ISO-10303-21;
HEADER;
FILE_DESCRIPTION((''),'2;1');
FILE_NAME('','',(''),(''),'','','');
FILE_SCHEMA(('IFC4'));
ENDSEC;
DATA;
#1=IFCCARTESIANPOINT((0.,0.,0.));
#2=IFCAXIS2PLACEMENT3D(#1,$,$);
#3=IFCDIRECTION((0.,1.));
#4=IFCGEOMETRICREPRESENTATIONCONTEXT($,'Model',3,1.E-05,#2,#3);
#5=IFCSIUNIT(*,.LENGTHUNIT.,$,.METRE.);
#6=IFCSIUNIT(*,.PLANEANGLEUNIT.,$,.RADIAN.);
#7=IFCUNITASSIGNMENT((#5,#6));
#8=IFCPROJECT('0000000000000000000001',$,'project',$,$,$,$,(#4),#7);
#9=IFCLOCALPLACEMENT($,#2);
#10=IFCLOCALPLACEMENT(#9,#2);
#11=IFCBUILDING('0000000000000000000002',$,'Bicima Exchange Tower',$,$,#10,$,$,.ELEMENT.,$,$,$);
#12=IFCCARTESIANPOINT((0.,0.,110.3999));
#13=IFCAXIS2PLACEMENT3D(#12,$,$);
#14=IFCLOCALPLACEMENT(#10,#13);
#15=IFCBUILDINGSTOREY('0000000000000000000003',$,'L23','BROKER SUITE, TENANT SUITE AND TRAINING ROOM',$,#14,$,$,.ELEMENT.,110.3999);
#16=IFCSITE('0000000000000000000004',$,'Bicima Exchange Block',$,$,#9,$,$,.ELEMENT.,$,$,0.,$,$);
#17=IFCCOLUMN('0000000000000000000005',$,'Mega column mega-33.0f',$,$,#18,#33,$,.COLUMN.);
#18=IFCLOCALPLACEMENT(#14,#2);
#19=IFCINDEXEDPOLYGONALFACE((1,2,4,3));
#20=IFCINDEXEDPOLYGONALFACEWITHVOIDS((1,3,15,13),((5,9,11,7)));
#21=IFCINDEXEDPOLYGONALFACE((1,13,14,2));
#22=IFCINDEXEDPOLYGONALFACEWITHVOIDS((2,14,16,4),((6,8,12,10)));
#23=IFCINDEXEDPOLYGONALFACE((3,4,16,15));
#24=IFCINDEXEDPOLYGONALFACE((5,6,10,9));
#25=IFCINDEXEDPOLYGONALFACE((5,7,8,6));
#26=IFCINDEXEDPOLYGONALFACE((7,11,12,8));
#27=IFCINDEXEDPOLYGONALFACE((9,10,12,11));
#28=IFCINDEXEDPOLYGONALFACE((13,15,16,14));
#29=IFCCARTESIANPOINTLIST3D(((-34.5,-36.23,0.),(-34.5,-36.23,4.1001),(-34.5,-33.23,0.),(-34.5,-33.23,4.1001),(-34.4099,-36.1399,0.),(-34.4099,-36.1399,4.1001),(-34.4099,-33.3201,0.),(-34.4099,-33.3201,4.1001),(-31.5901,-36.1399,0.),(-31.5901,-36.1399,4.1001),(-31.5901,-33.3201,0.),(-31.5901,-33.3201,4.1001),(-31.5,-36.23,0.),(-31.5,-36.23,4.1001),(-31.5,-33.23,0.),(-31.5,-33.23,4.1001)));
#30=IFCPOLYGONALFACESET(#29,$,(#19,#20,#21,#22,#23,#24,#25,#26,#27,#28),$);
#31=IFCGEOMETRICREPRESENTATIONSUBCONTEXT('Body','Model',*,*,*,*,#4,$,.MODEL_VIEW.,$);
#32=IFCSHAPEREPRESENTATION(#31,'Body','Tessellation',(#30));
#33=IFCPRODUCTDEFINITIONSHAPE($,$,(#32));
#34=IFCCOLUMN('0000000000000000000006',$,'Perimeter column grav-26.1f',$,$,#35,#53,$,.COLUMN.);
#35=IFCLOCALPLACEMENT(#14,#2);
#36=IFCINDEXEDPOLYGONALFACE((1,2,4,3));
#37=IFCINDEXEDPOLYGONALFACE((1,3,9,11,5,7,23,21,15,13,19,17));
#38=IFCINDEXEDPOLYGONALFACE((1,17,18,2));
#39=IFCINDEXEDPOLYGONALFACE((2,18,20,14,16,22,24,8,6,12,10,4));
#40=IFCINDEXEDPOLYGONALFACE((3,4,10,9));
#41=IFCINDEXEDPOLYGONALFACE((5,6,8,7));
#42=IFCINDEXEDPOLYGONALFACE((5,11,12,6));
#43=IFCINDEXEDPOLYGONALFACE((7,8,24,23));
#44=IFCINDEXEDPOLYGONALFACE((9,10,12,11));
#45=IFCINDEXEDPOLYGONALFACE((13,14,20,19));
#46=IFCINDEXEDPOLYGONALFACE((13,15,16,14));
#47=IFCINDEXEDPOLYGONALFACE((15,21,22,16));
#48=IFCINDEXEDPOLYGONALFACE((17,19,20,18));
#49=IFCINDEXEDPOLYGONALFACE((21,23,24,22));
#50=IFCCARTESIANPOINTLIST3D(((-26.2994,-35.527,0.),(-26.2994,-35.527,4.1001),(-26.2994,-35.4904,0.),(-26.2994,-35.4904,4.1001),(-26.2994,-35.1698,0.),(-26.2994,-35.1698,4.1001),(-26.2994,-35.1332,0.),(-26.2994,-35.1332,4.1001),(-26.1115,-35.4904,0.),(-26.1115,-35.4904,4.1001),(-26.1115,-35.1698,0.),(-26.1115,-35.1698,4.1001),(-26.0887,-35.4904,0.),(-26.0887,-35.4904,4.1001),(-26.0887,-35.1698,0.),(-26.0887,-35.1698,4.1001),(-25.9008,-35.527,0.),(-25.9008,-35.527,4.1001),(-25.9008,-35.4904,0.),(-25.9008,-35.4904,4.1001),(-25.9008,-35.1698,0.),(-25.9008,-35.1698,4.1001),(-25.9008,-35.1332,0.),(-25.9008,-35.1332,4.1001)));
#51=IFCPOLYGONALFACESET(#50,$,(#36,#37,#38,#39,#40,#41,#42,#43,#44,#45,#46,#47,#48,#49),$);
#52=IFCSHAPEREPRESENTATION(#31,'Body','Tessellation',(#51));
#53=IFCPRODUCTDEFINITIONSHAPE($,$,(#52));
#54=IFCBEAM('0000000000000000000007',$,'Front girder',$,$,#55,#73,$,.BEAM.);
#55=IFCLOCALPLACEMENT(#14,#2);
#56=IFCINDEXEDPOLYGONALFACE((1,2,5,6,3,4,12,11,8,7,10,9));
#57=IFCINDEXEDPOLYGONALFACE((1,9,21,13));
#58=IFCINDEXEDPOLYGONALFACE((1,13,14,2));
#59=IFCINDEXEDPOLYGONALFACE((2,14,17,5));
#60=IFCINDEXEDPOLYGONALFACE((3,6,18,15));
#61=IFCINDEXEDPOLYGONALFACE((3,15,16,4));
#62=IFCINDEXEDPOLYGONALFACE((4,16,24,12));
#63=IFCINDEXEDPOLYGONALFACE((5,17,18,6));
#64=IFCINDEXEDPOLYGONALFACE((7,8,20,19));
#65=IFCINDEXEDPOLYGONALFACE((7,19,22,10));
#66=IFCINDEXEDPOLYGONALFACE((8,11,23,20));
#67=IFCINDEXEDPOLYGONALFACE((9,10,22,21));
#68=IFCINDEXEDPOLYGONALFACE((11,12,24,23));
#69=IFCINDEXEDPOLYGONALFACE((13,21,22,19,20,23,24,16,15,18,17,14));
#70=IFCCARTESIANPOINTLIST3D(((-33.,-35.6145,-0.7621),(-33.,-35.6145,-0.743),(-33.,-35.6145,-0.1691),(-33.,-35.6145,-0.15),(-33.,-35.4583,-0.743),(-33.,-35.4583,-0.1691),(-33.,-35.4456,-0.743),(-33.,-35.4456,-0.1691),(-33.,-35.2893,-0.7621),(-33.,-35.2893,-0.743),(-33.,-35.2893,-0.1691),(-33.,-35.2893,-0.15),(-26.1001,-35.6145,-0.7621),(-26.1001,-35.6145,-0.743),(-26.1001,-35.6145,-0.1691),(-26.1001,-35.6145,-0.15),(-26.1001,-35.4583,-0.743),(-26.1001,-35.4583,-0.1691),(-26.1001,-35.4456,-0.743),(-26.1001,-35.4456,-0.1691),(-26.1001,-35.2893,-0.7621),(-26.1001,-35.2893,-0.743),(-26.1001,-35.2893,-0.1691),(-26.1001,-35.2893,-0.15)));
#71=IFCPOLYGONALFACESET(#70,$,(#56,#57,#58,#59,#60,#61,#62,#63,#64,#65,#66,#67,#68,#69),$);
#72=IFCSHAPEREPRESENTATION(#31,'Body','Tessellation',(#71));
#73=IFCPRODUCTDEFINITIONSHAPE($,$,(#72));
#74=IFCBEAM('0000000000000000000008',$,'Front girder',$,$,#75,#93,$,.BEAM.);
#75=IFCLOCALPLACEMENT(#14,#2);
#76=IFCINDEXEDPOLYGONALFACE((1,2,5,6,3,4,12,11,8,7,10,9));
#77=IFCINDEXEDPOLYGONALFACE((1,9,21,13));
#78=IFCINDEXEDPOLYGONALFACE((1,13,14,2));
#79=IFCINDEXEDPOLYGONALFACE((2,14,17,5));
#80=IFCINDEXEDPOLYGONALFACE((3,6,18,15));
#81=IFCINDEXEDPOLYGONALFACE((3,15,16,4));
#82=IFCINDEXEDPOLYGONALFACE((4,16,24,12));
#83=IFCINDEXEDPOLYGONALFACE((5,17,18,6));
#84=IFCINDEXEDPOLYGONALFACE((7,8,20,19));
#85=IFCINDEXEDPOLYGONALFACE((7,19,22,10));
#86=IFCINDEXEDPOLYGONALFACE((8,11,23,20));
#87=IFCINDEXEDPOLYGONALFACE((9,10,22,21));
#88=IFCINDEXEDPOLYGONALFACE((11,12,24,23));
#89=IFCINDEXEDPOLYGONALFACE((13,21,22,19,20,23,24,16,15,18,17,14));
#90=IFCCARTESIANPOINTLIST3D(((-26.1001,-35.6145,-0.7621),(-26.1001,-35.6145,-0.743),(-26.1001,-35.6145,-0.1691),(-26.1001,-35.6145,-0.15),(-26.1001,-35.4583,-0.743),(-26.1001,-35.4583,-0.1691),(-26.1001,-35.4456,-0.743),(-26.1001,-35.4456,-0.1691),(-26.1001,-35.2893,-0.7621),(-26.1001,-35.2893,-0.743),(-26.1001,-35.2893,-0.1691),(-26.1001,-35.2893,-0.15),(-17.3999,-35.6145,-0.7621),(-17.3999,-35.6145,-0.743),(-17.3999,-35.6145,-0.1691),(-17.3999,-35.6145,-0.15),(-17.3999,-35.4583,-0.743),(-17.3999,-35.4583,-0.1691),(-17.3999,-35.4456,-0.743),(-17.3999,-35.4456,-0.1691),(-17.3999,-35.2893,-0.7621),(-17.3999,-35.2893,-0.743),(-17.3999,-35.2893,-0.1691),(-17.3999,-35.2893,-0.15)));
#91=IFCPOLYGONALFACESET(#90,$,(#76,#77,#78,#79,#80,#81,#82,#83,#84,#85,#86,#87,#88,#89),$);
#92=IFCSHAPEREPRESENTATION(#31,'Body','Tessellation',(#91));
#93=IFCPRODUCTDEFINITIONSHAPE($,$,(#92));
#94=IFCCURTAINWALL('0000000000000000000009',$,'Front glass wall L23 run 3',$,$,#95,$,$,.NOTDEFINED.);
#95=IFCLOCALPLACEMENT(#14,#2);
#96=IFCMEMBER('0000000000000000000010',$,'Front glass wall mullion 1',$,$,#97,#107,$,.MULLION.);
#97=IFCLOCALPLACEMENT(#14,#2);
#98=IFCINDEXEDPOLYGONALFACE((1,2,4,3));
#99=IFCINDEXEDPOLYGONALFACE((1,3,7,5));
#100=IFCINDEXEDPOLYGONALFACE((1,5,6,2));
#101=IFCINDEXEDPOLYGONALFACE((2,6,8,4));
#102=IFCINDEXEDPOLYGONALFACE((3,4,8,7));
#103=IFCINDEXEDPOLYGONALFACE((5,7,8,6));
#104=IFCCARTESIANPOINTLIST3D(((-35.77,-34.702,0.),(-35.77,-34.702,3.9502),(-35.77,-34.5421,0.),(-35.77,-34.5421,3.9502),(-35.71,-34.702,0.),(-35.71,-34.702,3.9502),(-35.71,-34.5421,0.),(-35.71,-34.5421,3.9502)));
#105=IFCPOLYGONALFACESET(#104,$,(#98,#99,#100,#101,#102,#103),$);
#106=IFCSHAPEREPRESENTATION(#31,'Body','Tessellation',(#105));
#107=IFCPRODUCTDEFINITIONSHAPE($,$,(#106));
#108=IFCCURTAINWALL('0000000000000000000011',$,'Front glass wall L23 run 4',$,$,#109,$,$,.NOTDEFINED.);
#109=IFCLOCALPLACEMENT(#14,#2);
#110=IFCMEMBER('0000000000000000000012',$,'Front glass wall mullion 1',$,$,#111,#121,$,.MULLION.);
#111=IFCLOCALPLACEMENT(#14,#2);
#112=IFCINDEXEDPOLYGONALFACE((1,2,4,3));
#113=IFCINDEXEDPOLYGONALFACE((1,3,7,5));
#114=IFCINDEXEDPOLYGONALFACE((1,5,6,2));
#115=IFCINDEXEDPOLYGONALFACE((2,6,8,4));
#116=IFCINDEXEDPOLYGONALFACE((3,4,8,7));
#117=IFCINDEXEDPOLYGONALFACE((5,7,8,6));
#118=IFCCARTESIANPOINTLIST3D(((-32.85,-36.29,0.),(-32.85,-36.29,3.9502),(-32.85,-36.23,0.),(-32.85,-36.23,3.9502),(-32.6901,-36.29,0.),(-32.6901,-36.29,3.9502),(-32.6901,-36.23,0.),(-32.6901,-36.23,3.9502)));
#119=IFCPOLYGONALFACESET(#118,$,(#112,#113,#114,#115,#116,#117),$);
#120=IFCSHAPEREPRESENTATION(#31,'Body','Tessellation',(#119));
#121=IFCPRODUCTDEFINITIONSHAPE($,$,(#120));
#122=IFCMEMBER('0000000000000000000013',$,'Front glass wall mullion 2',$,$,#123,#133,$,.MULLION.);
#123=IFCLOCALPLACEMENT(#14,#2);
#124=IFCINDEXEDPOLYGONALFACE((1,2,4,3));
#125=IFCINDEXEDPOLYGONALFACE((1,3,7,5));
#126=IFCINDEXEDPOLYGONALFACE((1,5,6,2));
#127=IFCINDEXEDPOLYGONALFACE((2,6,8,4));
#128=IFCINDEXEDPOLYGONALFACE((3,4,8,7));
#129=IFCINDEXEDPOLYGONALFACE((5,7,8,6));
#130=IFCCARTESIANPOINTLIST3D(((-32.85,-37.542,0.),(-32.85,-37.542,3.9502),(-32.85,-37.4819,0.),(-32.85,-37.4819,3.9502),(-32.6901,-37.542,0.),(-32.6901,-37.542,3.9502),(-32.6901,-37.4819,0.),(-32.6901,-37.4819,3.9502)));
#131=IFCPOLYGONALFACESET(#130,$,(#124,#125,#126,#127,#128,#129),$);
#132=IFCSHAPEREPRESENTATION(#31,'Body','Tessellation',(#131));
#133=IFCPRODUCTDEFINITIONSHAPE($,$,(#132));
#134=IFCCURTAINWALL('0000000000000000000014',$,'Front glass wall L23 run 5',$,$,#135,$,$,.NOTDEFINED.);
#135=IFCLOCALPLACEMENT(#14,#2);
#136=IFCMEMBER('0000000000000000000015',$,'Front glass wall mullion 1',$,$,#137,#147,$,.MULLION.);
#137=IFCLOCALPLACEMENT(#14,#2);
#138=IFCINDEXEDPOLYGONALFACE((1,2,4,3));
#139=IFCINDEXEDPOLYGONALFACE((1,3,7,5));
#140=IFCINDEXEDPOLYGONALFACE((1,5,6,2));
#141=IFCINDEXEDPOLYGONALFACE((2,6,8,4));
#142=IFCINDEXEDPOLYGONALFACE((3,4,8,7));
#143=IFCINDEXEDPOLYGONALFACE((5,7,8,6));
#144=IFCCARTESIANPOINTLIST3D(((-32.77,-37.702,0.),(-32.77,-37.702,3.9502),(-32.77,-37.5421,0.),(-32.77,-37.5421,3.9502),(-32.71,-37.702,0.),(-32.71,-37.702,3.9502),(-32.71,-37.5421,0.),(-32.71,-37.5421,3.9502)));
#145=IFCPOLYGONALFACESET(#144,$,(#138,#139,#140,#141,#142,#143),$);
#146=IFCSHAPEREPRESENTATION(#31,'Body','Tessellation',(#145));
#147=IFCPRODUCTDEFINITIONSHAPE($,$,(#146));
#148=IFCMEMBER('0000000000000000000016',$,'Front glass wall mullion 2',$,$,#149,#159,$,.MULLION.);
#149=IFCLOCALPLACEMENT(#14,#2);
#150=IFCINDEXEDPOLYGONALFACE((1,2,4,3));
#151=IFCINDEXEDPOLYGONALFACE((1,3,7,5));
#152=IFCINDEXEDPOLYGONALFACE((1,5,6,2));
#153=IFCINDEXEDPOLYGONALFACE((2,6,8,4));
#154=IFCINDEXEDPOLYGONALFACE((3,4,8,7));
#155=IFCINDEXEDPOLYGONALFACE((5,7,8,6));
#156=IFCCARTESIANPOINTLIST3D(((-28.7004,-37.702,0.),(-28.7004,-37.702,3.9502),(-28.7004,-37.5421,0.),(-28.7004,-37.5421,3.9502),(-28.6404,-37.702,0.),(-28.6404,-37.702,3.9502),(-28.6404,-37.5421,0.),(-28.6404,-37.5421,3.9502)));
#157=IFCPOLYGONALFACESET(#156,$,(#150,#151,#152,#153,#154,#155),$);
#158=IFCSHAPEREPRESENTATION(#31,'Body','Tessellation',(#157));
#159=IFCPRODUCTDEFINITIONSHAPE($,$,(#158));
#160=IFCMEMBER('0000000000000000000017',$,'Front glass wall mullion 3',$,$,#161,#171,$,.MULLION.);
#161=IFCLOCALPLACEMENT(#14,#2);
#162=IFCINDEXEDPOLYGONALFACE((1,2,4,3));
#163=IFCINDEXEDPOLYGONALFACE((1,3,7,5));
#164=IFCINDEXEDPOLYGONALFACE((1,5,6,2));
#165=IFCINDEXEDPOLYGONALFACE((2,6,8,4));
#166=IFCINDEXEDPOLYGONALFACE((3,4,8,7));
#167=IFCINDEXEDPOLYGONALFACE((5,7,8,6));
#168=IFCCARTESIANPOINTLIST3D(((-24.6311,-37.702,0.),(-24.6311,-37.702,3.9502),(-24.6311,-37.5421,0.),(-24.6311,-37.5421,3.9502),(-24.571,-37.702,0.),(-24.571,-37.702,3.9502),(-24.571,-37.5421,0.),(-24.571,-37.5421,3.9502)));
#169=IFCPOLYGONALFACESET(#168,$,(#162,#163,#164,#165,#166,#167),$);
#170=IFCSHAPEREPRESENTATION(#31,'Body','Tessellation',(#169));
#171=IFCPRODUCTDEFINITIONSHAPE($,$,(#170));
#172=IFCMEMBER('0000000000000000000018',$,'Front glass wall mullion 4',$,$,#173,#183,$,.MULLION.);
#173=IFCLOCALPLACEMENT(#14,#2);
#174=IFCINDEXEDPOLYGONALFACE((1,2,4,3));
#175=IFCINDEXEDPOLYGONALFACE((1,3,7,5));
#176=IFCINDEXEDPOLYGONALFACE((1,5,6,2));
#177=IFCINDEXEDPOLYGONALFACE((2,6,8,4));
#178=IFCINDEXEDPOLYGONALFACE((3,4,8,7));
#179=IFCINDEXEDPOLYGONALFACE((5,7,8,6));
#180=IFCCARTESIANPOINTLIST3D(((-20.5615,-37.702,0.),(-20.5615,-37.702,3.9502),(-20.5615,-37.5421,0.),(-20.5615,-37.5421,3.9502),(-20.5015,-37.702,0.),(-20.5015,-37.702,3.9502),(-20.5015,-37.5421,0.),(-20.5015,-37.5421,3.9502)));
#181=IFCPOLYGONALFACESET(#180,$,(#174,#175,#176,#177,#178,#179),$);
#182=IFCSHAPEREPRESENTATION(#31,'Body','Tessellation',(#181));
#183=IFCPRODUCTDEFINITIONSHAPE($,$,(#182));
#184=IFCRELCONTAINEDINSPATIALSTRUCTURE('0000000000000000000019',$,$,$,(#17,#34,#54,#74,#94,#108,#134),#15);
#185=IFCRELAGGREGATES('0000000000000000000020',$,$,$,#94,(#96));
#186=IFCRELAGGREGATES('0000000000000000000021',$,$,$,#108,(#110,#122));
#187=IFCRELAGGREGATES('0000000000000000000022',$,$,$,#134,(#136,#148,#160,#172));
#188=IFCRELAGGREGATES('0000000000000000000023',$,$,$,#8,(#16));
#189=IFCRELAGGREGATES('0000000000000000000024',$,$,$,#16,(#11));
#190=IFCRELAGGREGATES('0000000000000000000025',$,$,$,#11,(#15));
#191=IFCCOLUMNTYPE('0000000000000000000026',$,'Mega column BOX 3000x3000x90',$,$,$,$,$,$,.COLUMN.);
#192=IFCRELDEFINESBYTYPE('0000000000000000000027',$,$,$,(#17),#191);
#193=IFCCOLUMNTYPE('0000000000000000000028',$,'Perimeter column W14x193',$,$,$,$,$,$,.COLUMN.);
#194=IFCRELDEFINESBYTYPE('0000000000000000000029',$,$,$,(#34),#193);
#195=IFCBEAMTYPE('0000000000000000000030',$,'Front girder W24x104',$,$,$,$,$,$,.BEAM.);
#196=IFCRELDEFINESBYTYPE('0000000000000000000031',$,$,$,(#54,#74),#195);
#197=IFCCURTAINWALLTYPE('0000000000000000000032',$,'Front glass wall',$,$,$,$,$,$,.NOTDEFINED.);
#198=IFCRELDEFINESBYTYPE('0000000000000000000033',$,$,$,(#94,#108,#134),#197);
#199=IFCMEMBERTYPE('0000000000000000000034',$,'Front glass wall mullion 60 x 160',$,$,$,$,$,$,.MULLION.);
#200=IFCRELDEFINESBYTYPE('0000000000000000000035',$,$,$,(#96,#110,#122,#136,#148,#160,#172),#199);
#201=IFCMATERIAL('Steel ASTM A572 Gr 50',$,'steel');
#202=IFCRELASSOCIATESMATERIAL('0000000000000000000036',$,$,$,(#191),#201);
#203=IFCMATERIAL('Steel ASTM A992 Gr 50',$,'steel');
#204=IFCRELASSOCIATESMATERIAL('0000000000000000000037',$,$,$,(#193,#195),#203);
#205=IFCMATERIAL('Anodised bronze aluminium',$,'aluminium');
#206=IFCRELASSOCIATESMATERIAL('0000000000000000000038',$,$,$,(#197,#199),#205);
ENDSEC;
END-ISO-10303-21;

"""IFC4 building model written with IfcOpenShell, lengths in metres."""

from ifc_helpers import new_model, si_unit, direction, frame, origin, origin_2d, place, context, subcontext, project, spatial, rectangle, hollow_rectangle, i_section, extrude, material, material_profile, profile_set, type_object, element, aggregate, save


model = new_model("IFC4")

# Units and contexts
model_context = context("Model", 3, precision=1e-05, world=origin(), true_north=direction((0.0, 1.0)))
body_context = subcontext(model_context, "Body", "Model", "MODEL_VIEW")
ifc_project = project(units=[si_unit("LENGTHUNIT", "METRE"), si_unit("PLANEANGLEUNIT", "RADIAN")], contexts=[model_context])

# Site, building, storey
site_placement = place(None, origin())
site = spatial("IfcSite", under=ifc_project, at=site_placement, Name="Bicima Exchange Block", CompositionType="ELEMENT", RefElevation=0.0)
building_placement = place(site_placement, origin())
building = spatial("IfcBuilding", under=site, at=building_placement, Name="Bicima Exchange Tower", CompositionType="ELEMENT")
storey_placement = place(building_placement, frame((0.0, 0.0, 110.3999)))
storey = spatial("IfcBuildingStorey", under=building, at=storey_placement, Name="L23", Description="BROKER SUITE, TENANT SUITE AND TRAINING ROOM", CompositionType="ELEMENT", Elevation=110.3999)

# Columns
ifc_material_1 = material(Name="Steel ASTM A572 Gr 50", Category="steel")
ifc_material_profile_1 = material_profile(ifc_material_1, hollow_rectangle(XDim=3.0, YDim=3.0, WallThickness=0.0901, at=origin_2d()))
ifc_profile_set_1 = profile_set([ifc_material_profile_1], Name="Steel ASTM A572 Gr 50")
column_type_1 = type_object("IfcColumnType", Name="Mega column BOX 3000x3000x90", PredefinedType="COLUMN", material=ifc_profile_set_1)
column_1_placement = place(storey_placement, frame((-33.0, -34.73, 0.0), z_axis=(0.0, 0.0, 1.0), x_axis=(1.0, 0.0, 0.0)))
element("IfcColumn", 1, at=column_1_placement, inside=storey, type_object=column_type_1, Name="Mega column mega-33.0f", PredefinedType="COLUMN", context=body_context, shape_type="SweptSolid", body=[
    extrude(hollow_rectangle(XDim=3.0, YDim=3.0, WallThickness=0.0901, at=origin_2d()), origin(), (0.0, 0.0, 1.0), 4.1001),
])
ifc_material_2 = material(Name="Steel ASTM A992 Gr 50", Category="steel")
ifc_material_profile_2 = material_profile(ifc_material_2, i_section(OverallWidth=0.3987, OverallDepth=0.3938, WebThickness=0.0227, FlangeThickness=0.0366, at=origin_2d()))
ifc_profile_set_2 = profile_set([ifc_material_profile_2], Name="Steel ASTM A992 Gr 50")
column_type_2 = type_object("IfcColumnType", Name="Perimeter column W14x193", PredefinedType="COLUMN", material=ifc_profile_set_2)
column_2_placement = place(storey_placement, frame((-26.1001, -35.3301, 0.0), z_axis=(0.0, 0.0, 1.0), x_axis=(1.0, 0.0, 0.0)))
element("IfcColumn", 2, at=column_2_placement, inside=storey, type_object=column_type_2, Name="Perimeter column grav-26.1f", PredefinedType="COLUMN", context=body_context, shape_type="SweptSolid", body=[
    extrude(i_section(OverallWidth=0.3987, OverallDepth=0.3938, WebThickness=0.0227, FlangeThickness=0.0366, at=origin_2d()), origin(), (0.0, 0.0, 1.0), 4.1001),
])

# Beams
ifc_material_profile_3 = material_profile(ifc_material_2, i_section(OverallWidth=0.3252, OverallDepth=0.6121, WebThickness=0.0127, FlangeThickness=0.019, at=origin_2d()))
ifc_profile_set_3 = profile_set([ifc_material_profile_3], Name="Steel ASTM A992 Gr 50")
beam_type = type_object("IfcBeamType", Name="Front girder W24x104", PredefinedType="BEAM", material=ifc_profile_set_3)
beam_1_placement = place(storey_placement, frame((-33.0, -35.4519, -0.4561), z_axis=(1.0, 0.0, 0.0), x_axis=(0.0, 1.0, 0.0)))
element("IfcBeam", 3, at=beam_1_placement, inside=storey, type_object=beam_type, Name="Front girder", PredefinedType="BEAM", context=body_context, shape_type="SweptSolid", body=[
    extrude(i_section(OverallWidth=0.3252, OverallDepth=0.6121, WebThickness=0.0127, FlangeThickness=0.019, at=origin_2d()), origin(), (0.0, 0.0, 1.0), 6.8999),
])
beam_2_placement = place(storey_placement, frame((-26.1001, -35.4519, -0.4561), z_axis=(1.0, 0.0, 0.0), x_axis=(0.0, 1.0, 0.0)))
element("IfcBeam", 4, at=beam_2_placement, inside=storey, type_object=beam_type, Name="Front girder", PredefinedType="BEAM", context=body_context, shape_type="SweptSolid", body=[
    extrude(i_section(OverallWidth=0.3252, OverallDepth=0.6121, WebThickness=0.0127, FlangeThickness=0.019, at=origin_2d()), origin(), (0.0, 0.0, 1.0), 8.7002),
])

# Curtain wall, member
ifc_material_3 = material(Name="Anodised bronze aluminium", Category="aluminium")
curtain_wall_type = type_object("IfcCurtainWallType", Name="Front glass wall", PredefinedType="NOTDEFINED", material=ifc_material_3)
curtain_wall_1_placement = place(storey_placement, origin())
curtain_wall_1 = element("IfcCurtainWall", 5, at=curtain_wall_1_placement, inside=storey, type_object=curtain_wall_type, Name="Front glass wall L23 run 3", PredefinedType="NOTDEFINED")
ifc_material_profile_4 = material_profile(ifc_material_3, rectangle(XDim=0.1599, YDim=0.0601, at=origin_2d()))
ifc_profile_set_4 = profile_set([ifc_material_profile_4], Name="Anodised bronze aluminium")
member_type_1 = type_object("IfcMemberType", Name="Front glass wall mullion 60 x 160", PredefinedType="MULLION", material=ifc_profile_set_4)
member_1_placement = place(storey_placement, frame((-35.74, -34.6221, 0.0), z_axis=(0.0, 0.0, 1.0), x_axis=(0.0, 1.0, 0.0)))
member_1 = element("IfcMember", 6, at=member_1_placement, type_object=member_type_1, Name="Front glass wall mullion 1", PredefinedType="MULLION", context=body_context, shape_type="SweptSolid", body=[
    extrude(rectangle(XDim=0.1599, YDim=0.0601, at=origin_2d()), origin(), (0.0, 0.0, 1.0), 3.9502),
])
aggregate(curtain_wall_1, [member_1])

# Curtain walls, members
curtain_wall_2_placement = place(storey_placement, origin())
curtain_wall_2 = element("IfcCurtainWall", 7, at=curtain_wall_2_placement, inside=storey, type_object=curtain_wall_type, Name="Front glass wall L23 run 4", PredefinedType="NOTDEFINED")
member_2_placement = place(storey_placement, frame((-32.77, -36.26, 0.0), z_axis=(0.0, 0.0, 1.0), x_axis=(1.0, 0.0, 0.0)))
member_2 = element("IfcMember", 8, at=member_2_placement, type_object=member_type_1, Name="Front glass wall mullion 1", PredefinedType="MULLION", context=body_context, shape_type="SweptSolid", body=[
    extrude(rectangle(XDim=0.1599, YDim=0.0601, at=origin_2d()), origin(), (0.0, 0.0, 1.0), 3.9502),
])
member_3_placement = place(storey_placement, frame((-32.77, -37.512, 0.0), z_axis=(0.0, 0.0, 1.0), x_axis=(1.0, 0.0, 0.0)))
member_3 = element("IfcMember", 9, at=member_3_placement, type_object=member_type_1, Name="Front glass wall mullion 2", PredefinedType="MULLION", context=body_context, shape_type="SweptSolid", body=[
    extrude(rectangle(XDim=0.1599, YDim=0.0601, at=origin_2d()), origin(), (0.0, 0.0, 1.0), 3.9502),
])
curtain_wall_3_placement = place(storey_placement, origin())
curtain_wall_3 = element("IfcCurtainWall", 10, at=curtain_wall_3_placement, inside=storey, type_object=curtain_wall_type, Name="Front glass wall L23 run 5", PredefinedType="NOTDEFINED")
member_4_placement = place(storey_placement, frame((-32.74, -37.6221, 0.0), z_axis=(0.0, 0.0, 1.0), x_axis=(0.0, 1.0, 0.0)))
member_4 = element("IfcMember", 11, at=member_4_placement, type_object=member_type_1, Name="Front glass wall mullion 1", PredefinedType="MULLION", context=body_context, shape_type="SweptSolid", body=[
    extrude(rectangle(XDim=0.1599, YDim=0.0601, at=origin_2d()), origin(), (0.0, 0.0, 1.0), 3.9502),
])
member_5_placement = place(storey_placement, frame((-28.6704, -37.6221, 0.0), z_axis=(0.0, 0.0, 1.0), x_axis=(0.0, 1.0, 0.0)))
member_5 = element("IfcMember", 12, at=member_5_placement, type_object=member_type_1, Name="Front glass wall mullion 2", PredefinedType="MULLION", context=body_context, shape_type="SweptSolid", body=[
    extrude(rectangle(XDim=0.1599, YDim=0.0601, at=origin_2d()), origin(), (0.0, 0.0, 1.0), 3.9502),
])
member_6_placement = place(storey_placement, frame((-24.6011, -37.6221, 0.0), z_axis=(0.0, 0.0, 1.0), x_axis=(0.0, 1.0, 0.0)))
member_6 = element("IfcMember", 13, at=member_6_placement, type_object=member_type_1, Name="Front glass wall mullion 3", PredefinedType="MULLION", context=body_context, shape_type="SweptSolid", body=[
    extrude(rectangle(XDim=0.1599, YDim=0.0601, at=origin_2d()), origin(), (0.0, 0.0, 1.0), 3.9502),
])
member_7_placement = place(storey_placement, frame((-20.5315, -37.6221, 0.0), z_axis=(0.0, 0.0, 1.0), x_axis=(0.0, 1.0, 0.0)))
member_7 = element("IfcMember", 14, at=member_7_placement, type_object=member_type_1, Name="Front glass wall mullion 4", PredefinedType="MULLION", context=body_context, shape_type="SweptSolid", body=[
    extrude(rectangle(XDim=0.1599, YDim=0.0601, at=origin_2d()), origin(), (0.0, 0.0, 1.0), 3.9502),
])

aggregate(curtain_wall_2, [member_2, member_3])
aggregate(curtain_wall_3, [member_4, member_5, member_6, member_7])

save(model, "model.ifc")
